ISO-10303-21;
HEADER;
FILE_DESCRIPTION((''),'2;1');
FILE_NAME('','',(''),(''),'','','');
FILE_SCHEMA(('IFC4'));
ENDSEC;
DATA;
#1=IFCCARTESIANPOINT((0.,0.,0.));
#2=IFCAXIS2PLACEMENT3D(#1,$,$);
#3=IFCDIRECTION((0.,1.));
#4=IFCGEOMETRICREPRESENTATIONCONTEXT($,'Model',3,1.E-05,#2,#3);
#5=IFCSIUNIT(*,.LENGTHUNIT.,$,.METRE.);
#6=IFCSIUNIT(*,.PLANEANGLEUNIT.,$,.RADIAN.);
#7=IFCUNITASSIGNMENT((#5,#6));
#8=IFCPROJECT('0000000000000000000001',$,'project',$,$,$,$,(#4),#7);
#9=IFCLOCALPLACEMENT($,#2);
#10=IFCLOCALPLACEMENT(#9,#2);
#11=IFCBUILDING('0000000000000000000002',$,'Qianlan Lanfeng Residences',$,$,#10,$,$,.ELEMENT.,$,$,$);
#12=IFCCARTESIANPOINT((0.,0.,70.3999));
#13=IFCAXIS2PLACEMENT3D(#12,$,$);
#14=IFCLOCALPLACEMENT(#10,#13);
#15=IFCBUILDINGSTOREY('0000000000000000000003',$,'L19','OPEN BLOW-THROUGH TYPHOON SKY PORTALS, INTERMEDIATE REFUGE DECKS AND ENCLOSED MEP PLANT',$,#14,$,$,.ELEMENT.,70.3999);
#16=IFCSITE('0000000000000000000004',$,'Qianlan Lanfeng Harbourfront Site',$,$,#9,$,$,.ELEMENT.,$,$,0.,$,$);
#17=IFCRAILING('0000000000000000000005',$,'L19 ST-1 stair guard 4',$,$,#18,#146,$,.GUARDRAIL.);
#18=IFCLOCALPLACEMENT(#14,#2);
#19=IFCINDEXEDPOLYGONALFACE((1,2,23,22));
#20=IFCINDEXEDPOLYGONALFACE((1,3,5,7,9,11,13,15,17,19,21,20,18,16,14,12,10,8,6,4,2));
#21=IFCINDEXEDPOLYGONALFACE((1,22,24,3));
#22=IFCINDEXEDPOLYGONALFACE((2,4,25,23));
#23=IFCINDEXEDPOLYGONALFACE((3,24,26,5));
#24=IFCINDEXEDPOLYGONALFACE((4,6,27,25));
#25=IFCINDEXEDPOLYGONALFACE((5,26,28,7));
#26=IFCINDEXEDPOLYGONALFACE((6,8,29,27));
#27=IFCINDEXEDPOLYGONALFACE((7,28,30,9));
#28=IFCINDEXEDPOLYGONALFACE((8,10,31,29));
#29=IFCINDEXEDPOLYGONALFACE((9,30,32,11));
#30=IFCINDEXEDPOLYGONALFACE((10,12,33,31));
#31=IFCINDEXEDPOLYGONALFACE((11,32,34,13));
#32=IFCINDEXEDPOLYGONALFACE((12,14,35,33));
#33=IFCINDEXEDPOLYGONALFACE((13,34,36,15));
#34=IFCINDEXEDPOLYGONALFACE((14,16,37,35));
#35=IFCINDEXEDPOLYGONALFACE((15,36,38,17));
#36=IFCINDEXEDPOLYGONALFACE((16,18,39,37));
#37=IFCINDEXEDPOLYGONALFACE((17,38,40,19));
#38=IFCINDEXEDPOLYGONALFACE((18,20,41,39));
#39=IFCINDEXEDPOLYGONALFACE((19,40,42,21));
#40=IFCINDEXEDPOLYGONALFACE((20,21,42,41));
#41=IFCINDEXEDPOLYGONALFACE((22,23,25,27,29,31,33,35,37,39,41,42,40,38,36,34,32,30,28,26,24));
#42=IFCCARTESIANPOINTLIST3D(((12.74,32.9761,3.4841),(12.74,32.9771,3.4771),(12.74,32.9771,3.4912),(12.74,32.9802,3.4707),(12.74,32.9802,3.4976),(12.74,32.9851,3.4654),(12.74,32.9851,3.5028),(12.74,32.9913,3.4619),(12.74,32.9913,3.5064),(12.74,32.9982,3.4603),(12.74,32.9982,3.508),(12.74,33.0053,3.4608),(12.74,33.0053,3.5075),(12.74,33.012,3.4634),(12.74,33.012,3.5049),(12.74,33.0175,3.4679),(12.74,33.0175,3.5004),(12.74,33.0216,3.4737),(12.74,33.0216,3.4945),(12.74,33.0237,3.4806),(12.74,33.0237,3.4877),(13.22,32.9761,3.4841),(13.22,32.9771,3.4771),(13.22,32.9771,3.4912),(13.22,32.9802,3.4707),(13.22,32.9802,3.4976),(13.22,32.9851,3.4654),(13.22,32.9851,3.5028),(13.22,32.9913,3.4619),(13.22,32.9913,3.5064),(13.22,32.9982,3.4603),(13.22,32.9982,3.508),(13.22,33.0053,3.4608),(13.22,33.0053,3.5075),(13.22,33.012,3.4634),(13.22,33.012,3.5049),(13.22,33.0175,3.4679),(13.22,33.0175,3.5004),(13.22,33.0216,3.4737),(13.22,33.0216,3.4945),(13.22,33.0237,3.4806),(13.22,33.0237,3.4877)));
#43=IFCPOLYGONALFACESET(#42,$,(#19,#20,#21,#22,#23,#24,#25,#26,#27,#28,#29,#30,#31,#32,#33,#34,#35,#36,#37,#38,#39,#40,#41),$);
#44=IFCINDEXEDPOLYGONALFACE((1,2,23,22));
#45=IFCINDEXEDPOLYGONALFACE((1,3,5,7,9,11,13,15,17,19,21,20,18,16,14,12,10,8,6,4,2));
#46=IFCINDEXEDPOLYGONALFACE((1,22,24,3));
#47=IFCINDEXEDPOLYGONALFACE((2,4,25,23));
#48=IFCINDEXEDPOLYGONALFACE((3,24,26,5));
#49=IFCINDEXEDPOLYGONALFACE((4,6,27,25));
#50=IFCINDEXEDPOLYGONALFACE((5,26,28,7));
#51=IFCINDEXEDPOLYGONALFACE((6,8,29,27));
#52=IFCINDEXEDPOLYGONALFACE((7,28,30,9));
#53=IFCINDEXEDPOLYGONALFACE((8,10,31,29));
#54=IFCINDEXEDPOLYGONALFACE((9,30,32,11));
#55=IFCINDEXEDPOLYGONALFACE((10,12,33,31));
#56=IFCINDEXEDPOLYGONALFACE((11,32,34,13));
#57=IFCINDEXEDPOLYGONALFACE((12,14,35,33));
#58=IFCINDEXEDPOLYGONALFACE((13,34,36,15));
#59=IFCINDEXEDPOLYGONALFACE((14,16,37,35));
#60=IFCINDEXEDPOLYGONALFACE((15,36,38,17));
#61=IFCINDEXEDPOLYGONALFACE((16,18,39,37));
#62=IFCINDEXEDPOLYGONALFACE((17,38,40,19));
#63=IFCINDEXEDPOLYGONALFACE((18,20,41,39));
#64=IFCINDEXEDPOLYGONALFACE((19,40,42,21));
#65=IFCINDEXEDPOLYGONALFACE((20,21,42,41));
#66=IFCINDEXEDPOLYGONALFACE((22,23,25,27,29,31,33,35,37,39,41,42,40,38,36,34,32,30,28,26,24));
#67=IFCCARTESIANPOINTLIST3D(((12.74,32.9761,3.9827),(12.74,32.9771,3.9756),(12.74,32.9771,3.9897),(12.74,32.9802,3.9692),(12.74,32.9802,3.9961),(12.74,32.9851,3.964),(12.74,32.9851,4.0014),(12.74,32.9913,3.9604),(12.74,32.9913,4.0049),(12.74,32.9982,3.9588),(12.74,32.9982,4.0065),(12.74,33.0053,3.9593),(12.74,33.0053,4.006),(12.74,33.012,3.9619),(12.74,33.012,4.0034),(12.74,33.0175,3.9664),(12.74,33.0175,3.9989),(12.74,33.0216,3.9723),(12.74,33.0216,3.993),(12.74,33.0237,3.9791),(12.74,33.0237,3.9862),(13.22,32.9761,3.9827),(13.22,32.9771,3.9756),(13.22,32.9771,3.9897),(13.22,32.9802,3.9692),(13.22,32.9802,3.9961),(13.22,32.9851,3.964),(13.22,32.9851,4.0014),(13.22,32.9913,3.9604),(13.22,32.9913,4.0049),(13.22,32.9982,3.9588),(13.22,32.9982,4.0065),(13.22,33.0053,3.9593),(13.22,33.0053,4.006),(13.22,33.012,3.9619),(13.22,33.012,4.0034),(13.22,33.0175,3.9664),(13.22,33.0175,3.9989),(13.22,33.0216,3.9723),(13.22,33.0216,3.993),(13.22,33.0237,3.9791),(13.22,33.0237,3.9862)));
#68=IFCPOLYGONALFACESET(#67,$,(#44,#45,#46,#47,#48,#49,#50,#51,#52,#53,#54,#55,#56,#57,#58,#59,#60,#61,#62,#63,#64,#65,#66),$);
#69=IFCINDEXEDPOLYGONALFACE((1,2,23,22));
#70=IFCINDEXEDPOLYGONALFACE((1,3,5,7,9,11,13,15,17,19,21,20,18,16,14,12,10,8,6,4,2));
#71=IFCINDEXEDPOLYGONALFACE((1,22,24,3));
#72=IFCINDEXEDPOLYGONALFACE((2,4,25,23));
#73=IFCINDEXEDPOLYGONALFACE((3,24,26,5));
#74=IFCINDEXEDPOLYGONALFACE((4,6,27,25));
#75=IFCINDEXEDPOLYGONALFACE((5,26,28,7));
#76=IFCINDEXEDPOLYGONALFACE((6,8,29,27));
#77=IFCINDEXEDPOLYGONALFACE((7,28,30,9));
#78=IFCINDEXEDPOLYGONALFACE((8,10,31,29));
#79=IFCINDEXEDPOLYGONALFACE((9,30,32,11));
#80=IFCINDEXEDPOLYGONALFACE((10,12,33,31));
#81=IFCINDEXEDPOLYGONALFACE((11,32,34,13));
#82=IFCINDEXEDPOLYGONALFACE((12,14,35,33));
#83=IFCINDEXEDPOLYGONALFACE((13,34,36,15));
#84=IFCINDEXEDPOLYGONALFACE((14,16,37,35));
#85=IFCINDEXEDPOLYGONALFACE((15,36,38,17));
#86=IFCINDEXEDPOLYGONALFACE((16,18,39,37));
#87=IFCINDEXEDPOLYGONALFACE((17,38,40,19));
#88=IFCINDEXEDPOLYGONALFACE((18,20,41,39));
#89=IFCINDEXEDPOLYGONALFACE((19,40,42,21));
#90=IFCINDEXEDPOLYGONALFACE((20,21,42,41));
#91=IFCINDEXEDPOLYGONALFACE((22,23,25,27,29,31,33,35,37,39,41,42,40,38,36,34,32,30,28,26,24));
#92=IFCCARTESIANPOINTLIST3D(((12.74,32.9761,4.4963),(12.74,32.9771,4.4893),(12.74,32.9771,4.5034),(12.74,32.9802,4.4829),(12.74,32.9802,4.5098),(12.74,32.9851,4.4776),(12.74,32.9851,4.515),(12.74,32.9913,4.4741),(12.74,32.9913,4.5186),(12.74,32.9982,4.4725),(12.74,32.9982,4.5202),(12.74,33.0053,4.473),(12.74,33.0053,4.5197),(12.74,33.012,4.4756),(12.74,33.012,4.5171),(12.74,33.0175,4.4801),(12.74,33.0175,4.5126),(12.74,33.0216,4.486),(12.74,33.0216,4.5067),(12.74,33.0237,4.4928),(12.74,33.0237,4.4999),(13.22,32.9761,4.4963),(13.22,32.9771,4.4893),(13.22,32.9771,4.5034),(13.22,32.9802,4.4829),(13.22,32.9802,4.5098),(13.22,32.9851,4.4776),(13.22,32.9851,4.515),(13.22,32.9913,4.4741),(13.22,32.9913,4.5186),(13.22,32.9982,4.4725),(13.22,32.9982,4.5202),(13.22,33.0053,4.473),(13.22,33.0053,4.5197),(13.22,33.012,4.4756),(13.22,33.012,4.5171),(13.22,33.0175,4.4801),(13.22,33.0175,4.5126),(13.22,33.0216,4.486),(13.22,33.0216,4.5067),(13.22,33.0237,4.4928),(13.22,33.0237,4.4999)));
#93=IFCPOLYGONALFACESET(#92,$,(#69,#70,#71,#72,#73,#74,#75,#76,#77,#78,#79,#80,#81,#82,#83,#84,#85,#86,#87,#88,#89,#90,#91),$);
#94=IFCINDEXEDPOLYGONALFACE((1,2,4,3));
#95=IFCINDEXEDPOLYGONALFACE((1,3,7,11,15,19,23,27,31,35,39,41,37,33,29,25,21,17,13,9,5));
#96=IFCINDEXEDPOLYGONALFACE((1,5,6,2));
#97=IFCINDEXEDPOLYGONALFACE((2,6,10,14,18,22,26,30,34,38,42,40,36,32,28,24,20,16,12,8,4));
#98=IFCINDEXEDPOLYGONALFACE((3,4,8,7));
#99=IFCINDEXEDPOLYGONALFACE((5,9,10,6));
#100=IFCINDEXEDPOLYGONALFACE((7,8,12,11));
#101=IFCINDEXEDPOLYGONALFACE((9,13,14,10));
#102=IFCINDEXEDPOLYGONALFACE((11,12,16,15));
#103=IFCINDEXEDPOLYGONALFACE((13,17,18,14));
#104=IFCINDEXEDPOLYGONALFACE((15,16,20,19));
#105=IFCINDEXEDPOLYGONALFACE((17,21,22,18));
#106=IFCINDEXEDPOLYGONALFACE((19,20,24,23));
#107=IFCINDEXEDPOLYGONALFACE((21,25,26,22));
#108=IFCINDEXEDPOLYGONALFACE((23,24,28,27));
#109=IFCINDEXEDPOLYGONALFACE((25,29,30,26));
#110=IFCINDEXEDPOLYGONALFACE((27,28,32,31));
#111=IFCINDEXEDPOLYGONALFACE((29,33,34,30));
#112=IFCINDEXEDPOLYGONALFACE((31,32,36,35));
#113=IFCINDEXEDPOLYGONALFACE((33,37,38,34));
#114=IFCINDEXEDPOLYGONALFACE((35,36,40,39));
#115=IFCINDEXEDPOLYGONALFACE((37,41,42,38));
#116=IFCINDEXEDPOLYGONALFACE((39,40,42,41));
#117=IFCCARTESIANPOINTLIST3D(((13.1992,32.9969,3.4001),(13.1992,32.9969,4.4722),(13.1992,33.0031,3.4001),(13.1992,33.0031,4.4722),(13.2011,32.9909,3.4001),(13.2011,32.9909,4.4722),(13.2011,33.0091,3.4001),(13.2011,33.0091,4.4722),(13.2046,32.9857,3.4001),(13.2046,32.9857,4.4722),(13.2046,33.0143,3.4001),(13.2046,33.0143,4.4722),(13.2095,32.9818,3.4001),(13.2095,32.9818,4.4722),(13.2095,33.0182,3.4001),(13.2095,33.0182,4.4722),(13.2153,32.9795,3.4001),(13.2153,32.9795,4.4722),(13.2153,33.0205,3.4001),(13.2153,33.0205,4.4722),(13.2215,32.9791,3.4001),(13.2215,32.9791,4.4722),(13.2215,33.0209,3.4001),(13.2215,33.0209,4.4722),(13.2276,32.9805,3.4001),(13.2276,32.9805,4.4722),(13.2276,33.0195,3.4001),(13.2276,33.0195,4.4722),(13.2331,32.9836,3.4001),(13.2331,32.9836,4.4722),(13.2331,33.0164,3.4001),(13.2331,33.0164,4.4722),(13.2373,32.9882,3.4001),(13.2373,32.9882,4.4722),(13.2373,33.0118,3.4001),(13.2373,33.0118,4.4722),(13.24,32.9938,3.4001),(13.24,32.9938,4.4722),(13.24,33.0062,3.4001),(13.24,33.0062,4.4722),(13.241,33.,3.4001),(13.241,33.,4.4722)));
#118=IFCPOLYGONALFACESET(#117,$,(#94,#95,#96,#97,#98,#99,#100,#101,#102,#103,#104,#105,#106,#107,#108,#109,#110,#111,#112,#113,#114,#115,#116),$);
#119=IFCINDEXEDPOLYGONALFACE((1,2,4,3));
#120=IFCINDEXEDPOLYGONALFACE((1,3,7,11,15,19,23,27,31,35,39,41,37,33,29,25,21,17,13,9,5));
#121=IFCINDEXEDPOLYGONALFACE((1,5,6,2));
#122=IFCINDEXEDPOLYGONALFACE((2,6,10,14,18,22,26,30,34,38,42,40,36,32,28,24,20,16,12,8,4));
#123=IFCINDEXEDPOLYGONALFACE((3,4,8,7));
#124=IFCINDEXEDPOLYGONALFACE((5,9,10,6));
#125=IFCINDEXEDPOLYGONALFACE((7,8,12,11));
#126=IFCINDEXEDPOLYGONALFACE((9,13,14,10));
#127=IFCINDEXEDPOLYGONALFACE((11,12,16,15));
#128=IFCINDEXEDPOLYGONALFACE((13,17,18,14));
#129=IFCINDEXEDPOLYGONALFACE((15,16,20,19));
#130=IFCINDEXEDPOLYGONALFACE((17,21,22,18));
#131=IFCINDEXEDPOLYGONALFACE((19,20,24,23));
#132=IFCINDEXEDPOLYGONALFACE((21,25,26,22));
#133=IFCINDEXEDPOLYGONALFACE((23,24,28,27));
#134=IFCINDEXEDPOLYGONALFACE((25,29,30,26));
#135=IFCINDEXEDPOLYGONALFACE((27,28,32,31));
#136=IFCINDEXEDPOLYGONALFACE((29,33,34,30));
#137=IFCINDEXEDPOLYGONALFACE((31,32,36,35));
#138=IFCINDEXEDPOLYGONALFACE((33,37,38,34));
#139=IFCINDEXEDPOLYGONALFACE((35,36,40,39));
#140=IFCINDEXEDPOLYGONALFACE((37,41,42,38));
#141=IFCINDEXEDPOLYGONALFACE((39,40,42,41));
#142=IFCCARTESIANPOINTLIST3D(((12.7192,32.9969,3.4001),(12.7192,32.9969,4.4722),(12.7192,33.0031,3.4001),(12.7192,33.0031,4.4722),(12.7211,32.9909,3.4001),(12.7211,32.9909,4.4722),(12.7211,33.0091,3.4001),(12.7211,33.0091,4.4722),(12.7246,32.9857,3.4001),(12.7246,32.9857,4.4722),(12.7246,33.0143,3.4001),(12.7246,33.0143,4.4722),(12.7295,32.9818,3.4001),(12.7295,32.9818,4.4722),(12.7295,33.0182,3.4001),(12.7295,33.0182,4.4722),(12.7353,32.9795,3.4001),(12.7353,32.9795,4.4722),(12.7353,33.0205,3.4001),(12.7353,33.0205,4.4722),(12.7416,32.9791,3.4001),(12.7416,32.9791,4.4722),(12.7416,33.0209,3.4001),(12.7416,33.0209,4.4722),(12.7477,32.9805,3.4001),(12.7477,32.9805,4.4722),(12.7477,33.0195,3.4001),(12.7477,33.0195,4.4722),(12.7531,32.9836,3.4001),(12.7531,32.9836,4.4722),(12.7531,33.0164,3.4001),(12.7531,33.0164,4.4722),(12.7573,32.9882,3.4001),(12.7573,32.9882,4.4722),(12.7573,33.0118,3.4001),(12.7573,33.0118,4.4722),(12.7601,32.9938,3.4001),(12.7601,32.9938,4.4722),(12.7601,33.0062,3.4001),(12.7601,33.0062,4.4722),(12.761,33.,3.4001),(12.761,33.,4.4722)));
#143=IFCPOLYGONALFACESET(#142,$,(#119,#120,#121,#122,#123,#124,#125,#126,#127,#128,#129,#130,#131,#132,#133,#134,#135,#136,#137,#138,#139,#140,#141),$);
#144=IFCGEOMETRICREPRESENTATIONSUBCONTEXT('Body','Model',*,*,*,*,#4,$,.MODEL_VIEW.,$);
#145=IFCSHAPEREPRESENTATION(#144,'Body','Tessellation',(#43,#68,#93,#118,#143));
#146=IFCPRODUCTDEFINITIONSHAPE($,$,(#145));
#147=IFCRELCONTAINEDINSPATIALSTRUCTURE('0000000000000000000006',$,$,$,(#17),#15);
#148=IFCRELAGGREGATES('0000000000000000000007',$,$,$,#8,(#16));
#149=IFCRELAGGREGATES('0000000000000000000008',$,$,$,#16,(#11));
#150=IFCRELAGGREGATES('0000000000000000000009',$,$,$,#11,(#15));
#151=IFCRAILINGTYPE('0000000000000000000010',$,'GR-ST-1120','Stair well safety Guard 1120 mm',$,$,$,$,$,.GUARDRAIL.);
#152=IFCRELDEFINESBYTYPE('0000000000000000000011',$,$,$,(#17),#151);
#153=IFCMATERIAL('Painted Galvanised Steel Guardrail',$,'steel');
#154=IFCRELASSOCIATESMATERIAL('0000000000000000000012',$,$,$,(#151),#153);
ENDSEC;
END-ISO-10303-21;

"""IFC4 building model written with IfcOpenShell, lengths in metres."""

from ifc_helpers import new_model, si_unit, direction, frame, origin, origin_2d, place, context, subcontext, project, spatial, circle, extrude, material, type_object, element, save


model = new_model("IFC4")

# Units and contexts
model_context = context("Model", 3, precision=1e-05, world=origin(), true_north=direction((0.0, 1.0)))
body_context = subcontext(model_context, "Body", "Model", "MODEL_VIEW")
ifc_project = project(units=[si_unit("LENGTHUNIT", "METRE"), si_unit("PLANEANGLEUNIT", "RADIAN")], contexts=[model_context])

# Site, building, storey
site_placement = place(None, origin())
site = spatial("IfcSite", under=ifc_project, at=site_placement, Name="Qianlan Lanfeng Harbourfront Site", CompositionType="ELEMENT", RefElevation=0.0)
building_placement = place(site_placement, origin())
building = spatial("IfcBuilding", under=site, at=building_placement, Name="Qianlan Lanfeng Residences", CompositionType="ELEMENT")
storey_placement = place(building_placement, frame((0.0, 0.0, 70.3999)))
storey = spatial("IfcBuildingStorey", under=building, at=storey_placement, Name="L19", Description="OPEN BLOW-THROUGH TYPHOON SKY PORTALS, INTERMEDIATE REFUGE DECKS AND ENCLOSED MEP PLANT", CompositionType="ELEMENT", Elevation=70.3999)

# Railing
ifc_material_1 = material(Name="Painted Galvanised Steel Guardrail", Category="steel")
railing_type_1 = type_object("IfcRailingType", Name="GR-ST-1120", Description="Stair well safety Guard 1120 mm", PredefinedType="GUARDRAIL", material=ifc_material_1)
for number, where, name in (
    (1, (13.22, 33.0, 3.4001), "L19 ST-1 stair guard 4"),
):
    element("IfcRailing", number, at=place(storey_placement, frame(where)), inside=storey, type_object=railing_type_1, Name=name, PredefinedType="GUARDRAIL", context=body_context, shape_type="SweptSolid", body=[
        extrude(circle(Radius=0.0239, at=origin_2d()), frame((0.0, 0.0, 0.084), z_axis=(-1.0, 0.0, 0.0), x_axis=(0.0, -1.0, 0.0)), (0.0, 0.0, 1.0), 0.48),
        extrude(circle(Radius=0.0239, at=origin_2d()), frame((0.0, 0.0, 0.5825), z_axis=(-1.0, 0.0, 0.0), x_axis=(0.0, -1.0, 0.0)), (0.0, 0.0, 1.0), 0.48),
        extrude(circle(Radius=0.0239, at=origin_2d()), frame((0.0, 0.0, 1.0962), z_axis=(-1.0, 0.0, 0.0), x_axis=(0.0, -1.0, 0.0)), (0.0, 0.0, 1.0), 0.48),
        extrude(circle(Radius=0.021, at=origin_2d()), origin(), (0.0, 0.0, 1.0), 1.072),
        extrude(circle(Radius=0.021, at=origin_2d()), frame((-0.48, 0.0, 0.0)), (0.0, 0.0, 1.0), 1.072),
    ])

save(model, "model.ifc")
